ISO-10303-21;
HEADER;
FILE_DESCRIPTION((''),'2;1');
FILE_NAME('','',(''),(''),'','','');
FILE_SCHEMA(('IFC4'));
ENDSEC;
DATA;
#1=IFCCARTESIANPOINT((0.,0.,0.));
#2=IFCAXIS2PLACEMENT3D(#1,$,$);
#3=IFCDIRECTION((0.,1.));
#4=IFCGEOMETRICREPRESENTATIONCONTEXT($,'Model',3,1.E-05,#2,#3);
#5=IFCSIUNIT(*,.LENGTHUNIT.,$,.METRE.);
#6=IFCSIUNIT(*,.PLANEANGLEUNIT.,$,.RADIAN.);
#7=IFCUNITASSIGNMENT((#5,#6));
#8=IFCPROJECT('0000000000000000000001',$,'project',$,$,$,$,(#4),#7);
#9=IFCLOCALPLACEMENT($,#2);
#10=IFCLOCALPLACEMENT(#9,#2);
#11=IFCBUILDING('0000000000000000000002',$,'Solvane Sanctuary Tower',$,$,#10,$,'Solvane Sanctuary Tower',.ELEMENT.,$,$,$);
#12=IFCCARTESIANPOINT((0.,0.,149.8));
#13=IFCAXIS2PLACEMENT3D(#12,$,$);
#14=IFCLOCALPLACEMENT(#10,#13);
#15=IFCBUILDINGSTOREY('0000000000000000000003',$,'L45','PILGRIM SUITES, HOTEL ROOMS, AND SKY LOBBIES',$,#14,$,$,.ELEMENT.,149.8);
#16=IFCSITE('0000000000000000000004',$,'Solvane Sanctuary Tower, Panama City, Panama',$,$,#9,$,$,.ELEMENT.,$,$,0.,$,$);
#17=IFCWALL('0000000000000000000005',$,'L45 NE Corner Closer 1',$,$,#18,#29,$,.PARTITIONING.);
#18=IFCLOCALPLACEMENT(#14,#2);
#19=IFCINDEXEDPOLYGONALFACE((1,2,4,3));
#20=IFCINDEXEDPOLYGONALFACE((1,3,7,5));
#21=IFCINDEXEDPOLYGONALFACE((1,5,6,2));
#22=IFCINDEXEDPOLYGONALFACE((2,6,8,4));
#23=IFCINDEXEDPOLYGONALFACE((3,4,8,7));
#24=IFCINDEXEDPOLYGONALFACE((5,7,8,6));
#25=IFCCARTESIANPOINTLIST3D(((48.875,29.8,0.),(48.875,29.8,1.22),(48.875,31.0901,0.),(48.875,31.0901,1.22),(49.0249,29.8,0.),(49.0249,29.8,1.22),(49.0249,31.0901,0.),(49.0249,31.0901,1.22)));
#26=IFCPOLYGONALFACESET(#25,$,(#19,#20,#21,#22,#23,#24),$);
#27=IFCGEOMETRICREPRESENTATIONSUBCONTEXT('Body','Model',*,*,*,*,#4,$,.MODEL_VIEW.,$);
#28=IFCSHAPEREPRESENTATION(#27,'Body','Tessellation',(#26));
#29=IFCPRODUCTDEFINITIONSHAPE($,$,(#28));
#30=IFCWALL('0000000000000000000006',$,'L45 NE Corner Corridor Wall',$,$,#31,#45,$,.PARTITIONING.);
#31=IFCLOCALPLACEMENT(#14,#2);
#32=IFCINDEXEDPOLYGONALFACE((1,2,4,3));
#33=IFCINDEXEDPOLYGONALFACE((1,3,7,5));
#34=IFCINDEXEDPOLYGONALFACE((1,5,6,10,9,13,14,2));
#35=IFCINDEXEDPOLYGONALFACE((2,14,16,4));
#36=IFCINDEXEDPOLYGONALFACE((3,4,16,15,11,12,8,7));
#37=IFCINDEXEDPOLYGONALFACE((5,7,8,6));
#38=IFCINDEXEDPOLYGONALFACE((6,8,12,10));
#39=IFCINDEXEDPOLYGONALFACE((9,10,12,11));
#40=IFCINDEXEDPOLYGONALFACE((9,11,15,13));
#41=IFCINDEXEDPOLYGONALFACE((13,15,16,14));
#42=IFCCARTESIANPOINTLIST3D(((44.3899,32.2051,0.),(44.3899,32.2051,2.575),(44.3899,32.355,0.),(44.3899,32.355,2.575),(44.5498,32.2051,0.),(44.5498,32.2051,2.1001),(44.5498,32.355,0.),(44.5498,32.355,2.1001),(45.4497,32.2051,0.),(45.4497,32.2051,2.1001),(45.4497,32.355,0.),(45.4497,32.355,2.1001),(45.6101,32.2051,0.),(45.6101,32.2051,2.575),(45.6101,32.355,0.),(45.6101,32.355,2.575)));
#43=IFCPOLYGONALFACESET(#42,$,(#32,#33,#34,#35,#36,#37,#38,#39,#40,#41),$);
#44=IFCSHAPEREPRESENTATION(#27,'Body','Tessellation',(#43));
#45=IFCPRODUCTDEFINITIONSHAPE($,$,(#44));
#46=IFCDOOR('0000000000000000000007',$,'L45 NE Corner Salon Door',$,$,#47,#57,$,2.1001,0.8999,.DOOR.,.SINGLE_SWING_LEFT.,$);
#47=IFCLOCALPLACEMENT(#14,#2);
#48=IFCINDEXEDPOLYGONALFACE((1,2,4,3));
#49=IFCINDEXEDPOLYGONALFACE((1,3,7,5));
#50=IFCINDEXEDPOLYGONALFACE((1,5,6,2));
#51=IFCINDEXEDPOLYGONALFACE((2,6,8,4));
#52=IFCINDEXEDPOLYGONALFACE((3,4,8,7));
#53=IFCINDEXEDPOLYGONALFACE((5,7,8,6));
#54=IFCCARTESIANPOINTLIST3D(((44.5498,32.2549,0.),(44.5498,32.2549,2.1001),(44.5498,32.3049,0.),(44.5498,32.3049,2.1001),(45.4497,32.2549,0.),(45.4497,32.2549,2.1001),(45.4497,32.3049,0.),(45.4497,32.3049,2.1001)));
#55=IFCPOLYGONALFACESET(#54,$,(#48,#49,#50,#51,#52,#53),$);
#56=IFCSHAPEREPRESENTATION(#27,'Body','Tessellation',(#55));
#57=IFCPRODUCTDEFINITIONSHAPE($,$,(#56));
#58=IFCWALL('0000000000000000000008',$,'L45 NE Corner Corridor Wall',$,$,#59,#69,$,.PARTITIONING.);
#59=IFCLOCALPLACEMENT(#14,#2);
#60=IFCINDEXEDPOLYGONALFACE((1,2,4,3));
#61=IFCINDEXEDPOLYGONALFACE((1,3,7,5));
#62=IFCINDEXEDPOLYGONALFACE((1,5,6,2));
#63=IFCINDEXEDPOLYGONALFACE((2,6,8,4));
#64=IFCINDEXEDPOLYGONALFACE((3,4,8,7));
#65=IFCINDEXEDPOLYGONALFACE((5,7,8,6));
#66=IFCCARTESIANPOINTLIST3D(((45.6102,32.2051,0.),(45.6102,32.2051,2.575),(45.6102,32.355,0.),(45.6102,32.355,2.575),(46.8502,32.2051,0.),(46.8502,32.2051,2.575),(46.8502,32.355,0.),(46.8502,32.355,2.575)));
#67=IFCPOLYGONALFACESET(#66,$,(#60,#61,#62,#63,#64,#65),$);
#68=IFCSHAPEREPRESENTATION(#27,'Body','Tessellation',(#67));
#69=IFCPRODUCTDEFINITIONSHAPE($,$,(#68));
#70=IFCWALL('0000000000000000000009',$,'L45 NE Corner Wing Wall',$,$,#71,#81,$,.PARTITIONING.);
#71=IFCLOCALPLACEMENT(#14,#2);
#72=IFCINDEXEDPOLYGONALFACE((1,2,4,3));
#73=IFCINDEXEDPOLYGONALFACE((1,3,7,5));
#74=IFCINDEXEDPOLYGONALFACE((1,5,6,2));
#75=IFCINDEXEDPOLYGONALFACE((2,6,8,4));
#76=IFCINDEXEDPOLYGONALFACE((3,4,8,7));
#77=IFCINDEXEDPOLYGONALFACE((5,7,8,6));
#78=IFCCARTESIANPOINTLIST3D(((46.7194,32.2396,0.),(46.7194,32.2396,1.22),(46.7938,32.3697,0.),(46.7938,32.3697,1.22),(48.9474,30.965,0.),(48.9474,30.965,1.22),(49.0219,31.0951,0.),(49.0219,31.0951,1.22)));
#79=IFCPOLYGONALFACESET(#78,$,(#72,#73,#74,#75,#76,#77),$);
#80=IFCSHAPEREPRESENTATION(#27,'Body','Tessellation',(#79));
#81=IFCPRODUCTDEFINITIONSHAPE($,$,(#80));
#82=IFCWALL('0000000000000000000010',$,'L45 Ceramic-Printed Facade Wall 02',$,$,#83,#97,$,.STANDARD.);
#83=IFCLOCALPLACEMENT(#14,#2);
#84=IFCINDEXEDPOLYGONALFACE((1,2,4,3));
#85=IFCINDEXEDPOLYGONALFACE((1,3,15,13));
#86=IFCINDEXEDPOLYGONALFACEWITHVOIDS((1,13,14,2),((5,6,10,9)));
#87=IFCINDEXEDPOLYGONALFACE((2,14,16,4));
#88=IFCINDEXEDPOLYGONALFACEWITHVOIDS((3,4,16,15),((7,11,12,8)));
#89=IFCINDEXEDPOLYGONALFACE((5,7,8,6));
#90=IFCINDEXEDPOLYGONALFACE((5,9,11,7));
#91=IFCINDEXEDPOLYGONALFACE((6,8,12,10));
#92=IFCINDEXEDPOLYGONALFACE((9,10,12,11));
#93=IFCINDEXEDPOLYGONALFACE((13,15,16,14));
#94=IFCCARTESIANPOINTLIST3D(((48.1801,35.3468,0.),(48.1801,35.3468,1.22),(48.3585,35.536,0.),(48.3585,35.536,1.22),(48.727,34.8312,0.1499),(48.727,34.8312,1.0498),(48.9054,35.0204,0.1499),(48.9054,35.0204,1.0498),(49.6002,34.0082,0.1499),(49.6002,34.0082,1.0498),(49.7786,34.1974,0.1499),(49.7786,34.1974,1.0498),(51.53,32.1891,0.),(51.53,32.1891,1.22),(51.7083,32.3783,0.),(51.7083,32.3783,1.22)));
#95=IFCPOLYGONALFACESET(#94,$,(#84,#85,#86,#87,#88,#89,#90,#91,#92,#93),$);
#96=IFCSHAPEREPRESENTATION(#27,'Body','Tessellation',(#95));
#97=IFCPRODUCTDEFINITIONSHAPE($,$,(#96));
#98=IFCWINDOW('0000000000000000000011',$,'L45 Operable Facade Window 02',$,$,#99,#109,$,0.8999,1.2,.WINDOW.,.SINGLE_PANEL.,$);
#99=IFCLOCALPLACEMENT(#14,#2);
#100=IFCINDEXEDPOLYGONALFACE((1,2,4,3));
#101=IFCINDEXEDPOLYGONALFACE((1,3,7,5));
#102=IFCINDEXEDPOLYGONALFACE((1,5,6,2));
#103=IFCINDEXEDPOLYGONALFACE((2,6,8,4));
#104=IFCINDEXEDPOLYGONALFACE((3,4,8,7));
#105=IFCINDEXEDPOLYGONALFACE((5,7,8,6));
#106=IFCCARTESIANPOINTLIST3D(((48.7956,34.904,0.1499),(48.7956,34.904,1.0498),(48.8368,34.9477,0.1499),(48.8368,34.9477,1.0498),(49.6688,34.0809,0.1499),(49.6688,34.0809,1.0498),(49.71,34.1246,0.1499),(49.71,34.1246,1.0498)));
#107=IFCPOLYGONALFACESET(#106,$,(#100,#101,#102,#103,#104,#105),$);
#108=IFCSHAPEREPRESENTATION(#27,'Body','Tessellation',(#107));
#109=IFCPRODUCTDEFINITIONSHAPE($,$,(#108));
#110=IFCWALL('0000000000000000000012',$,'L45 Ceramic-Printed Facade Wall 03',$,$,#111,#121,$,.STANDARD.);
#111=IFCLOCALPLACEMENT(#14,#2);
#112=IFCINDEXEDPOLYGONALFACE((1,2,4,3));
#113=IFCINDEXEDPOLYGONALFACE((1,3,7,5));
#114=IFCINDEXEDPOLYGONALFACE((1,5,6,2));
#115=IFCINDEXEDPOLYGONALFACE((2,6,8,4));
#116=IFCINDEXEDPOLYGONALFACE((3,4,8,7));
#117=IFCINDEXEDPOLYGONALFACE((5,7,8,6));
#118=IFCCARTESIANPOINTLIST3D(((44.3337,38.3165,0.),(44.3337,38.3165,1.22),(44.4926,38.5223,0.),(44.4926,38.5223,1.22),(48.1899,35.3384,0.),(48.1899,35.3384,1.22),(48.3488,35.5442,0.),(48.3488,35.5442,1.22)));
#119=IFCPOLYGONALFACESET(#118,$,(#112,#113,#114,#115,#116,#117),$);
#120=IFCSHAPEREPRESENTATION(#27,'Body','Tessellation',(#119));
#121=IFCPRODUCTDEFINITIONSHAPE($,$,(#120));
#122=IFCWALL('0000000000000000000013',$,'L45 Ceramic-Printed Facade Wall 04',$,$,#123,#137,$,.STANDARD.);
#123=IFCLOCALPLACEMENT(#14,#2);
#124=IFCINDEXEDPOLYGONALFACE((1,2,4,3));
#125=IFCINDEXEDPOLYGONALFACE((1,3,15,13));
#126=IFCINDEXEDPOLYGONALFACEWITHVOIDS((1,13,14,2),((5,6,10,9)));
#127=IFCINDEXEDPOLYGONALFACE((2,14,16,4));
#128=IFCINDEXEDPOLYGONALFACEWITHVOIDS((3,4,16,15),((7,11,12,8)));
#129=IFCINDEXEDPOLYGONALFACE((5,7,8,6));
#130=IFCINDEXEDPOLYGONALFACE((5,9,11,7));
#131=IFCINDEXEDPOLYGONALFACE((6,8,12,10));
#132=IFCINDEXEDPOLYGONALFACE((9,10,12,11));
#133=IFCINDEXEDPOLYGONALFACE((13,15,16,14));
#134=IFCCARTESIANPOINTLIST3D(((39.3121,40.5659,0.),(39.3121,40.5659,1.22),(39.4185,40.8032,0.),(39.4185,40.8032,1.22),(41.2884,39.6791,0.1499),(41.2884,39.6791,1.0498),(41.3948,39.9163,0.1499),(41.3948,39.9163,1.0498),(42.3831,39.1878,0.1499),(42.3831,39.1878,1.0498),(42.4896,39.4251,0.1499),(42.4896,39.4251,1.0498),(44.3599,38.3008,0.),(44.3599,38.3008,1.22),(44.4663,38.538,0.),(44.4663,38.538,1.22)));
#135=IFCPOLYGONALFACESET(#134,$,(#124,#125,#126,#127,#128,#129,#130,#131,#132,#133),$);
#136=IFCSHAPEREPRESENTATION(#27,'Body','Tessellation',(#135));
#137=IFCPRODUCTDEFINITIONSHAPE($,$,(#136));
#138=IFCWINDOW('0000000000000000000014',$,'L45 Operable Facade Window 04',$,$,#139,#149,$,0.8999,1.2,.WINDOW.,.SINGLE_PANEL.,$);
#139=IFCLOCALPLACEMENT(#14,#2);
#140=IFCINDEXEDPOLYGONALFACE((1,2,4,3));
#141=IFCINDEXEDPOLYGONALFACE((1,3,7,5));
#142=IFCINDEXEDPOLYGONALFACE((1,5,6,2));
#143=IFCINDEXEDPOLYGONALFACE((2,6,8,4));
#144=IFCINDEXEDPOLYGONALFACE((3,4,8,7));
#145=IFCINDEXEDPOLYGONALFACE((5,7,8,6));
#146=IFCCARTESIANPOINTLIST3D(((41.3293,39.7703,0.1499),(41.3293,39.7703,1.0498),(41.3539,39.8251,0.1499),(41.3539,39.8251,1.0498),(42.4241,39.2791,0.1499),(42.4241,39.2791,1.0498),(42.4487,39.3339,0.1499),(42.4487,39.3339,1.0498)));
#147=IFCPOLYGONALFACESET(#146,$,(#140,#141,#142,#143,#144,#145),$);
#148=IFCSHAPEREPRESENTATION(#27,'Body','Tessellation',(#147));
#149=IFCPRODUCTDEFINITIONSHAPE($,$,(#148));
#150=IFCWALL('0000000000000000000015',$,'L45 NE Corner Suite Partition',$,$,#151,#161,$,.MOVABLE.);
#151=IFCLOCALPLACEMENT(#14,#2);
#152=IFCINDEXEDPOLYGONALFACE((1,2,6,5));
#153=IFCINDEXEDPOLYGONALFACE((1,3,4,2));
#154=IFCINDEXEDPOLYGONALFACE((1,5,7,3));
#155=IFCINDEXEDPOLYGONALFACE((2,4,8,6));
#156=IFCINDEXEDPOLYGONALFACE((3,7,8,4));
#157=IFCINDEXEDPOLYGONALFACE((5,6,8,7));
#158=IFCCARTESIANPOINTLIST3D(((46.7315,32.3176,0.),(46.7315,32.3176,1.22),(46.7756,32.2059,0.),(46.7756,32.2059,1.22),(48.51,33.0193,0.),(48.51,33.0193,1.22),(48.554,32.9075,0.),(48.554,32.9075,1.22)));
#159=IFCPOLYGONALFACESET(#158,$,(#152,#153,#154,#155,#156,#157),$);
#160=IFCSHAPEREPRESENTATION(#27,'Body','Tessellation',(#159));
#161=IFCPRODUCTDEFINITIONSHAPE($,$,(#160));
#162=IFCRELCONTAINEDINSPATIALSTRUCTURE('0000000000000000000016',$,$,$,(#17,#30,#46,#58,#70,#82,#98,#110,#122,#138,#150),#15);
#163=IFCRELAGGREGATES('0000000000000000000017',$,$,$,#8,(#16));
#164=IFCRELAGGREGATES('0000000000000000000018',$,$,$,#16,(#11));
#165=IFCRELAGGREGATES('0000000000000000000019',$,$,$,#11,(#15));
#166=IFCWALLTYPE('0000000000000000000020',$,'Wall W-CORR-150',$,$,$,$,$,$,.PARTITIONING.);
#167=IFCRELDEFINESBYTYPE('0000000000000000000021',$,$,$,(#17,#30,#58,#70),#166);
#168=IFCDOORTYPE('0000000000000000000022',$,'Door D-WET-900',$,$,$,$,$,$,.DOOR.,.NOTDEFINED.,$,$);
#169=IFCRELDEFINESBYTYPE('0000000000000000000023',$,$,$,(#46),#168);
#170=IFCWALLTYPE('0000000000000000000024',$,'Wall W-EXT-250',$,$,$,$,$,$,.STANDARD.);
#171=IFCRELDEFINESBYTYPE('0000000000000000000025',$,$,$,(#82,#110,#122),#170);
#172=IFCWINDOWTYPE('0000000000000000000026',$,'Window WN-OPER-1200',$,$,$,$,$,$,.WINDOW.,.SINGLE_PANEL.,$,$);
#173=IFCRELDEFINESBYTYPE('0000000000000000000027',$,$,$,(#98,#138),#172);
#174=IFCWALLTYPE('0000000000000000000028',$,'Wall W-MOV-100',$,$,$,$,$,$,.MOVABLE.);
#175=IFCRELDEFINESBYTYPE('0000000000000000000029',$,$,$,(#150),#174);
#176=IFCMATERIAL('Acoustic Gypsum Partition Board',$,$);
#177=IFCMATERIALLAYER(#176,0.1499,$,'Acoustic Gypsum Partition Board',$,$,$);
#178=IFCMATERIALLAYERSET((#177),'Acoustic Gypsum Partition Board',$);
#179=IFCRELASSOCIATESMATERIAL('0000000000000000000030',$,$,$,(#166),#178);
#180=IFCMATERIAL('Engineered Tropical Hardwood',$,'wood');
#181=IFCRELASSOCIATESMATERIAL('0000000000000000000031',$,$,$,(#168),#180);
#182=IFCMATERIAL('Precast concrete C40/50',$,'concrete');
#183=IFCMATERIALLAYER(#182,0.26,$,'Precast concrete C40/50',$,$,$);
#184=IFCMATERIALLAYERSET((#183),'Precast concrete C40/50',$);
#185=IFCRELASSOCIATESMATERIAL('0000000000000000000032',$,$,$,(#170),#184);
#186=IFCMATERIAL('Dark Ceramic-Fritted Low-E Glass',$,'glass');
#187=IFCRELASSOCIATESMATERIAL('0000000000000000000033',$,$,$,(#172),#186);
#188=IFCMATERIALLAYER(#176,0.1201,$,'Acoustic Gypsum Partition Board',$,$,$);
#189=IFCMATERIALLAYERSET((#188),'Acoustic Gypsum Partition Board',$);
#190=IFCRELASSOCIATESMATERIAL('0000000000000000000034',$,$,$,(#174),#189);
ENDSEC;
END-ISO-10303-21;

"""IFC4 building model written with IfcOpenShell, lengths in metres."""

from ifc_helpers import new_model, si_unit, direction, frame, frame_2d, origin, place, context, subcontext, project, spatial, rectangle, extrude, material, layer, layer_set, type_object, element, fill, save


model = new_model("IFC4")

# Units and contexts
model_context = context("Model", 3, precision=1e-05, world=origin(), true_north=direction((0.0, 1.0)))
body_context = subcontext(model_context, "Body", "Model", "MODEL_VIEW")
ifc_project = project(units=[si_unit("LENGTHUNIT", "METRE"), si_unit("PLANEANGLEUNIT", "RADIAN")], contexts=[model_context])

# Site, building, storey
site_placement = place(None, origin())
site = spatial("IfcSite", under=ifc_project, at=site_placement, Name="Solvane Sanctuary Tower, Panama City, Panama", CompositionType="ELEMENT", RefElevation=0.0)
building_placement = place(site_placement, origin())
building = spatial("IfcBuilding", under=site, at=building_placement, Name="Solvane Sanctuary Tower", LongName="Solvane Sanctuary Tower", CompositionType="ELEMENT")
storey_placement = place(building_placement, frame((0.0, 0.0, 149.8)))
storey = spatial("IfcBuildingStorey", under=building, at=storey_placement, Name="L45", Description="PILGRIM SUITES, HOTEL ROOMS, AND SKY LOBBIES", CompositionType="ELEMENT", Elevation=149.8)

# Shared definitions
ifc_material_1 = material(Name="Dark Ceramic-Fritted Low-E Glass", Category="glass")

# Wall
ifc_material_2 = material(Name="Acoustic Gypsum Partition Board")
ifc_layer_1 = layer(ifc_material_2, 0.1499, Name="Acoustic Gypsum Partition Board")
ifc_layer_set_1 = layer_set([ifc_layer_1], Name="Acoustic Gypsum Partition Board")
wall_type_1 = type_object("IfcWallType", Name="Wall W-CORR-150", PredefinedType="PARTITIONING", material=ifc_layer_set_1)
wall_1_placement = place(storey_placement, frame((48.95, 29.8, 0.0), z_axis=(0.0, 0.0, 1.0), x_axis=(0.0, 1.0, 0.0)))
element("IfcWall", 1, at=wall_1_placement, inside=storey, type_object=wall_type_1, Name="L45 NE Corner Closer 1", PredefinedType="PARTITIONING", context=body_context, shape_type="SweptSolid", body=[
    extrude(rectangle(XDim=1.29, YDim=0.1499, at=frame_2d((0.645, 0.0))), origin(), (0.0, 0.0, 1.0), 1.22),
])

# Wall, opening, door
wall_2_placement = place(storey_placement, frame((44.3899, 32.28, 0.0), z_axis=(0.0, 0.0, 1.0), x_axis=(1.0, 0.0, 0.0)))
wall_2 = element("IfcWall", 2, at=wall_2_placement, inside=storey, type_object=wall_type_1, Name="L45 NE Corner Corridor Wall", PredefinedType="PARTITIONING", context=body_context, shape_type="SweptSolid", body=[
    extrude(rectangle(XDim=1.2202, YDim=0.1499, at=frame_2d((0.6101, 0.0))), origin(), (0.0, 0.0, 1.0), 2.575),
])
opening_1_placement = place(wall_2_placement, frame((0.1599, 0.0, 0.0)))
opening_1 = element("IfcOpeningElement", 3, at=opening_1_placement, cuts=wall_2, PredefinedType="OPENING", context=body_context, shape_type="SweptSolid", body=[
    extrude(rectangle(XDim=0.8999, YDim=2.1001, at=frame_2d((0.45, 1.05))), frame((0.0, 0.085, 0.0), z_axis=(0.0, -1.0, 0.0), x_axis=(1.0, 0.0, 0.0)), (0.0, 0.0, 1.0), 0.1699),
])
ifc_material_3 = material(Name="Engineered Tropical Hardwood", Category="wood")
door_type_1 = type_object("IfcDoorType", Name="Door D-WET-900", OperationType="NOTDEFINED", PredefinedType="DOOR", material=ifc_material_3)
door_1_placement = place(opening_1_placement, origin())
door_1 = element("IfcDoor", 4, at=door_1_placement, inside=storey, type_object=door_type_1, Name="L45 NE Corner Salon Door", OperationType="SINGLE_SWING_LEFT", OverallHeight=2.1001, OverallWidth=0.8999, PredefinedType="DOOR", context=body_context, shape_type="SweptSolid", body=[
    extrude(rectangle(XDim=0.8999, YDim=2.1001, at=frame_2d((0.45, 1.05))), frame((0.0, 0.0249, 0.0), z_axis=(0.0, -1.0, 0.0), x_axis=(1.0, 0.0, 0.0)), (0.0, 0.0, 1.0), 0.05),
])
fill(opening_1, door_1)

# Walls
wall_3_placement = place(storey_placement, frame((45.6101, 32.28, 0.0), z_axis=(0.0, 0.0, 1.0), x_axis=(1.0, 0.0, 0.0)))
element("IfcWall", 5, at=wall_3_placement, inside=storey, type_object=wall_type_1, Name="L45 NE Corner Corridor Wall", PredefinedType="PARTITIONING", context=body_context, shape_type="SweptSolid", body=[
    extrude(rectangle(XDim=1.24, YDim=0.1499, at=frame_2d((0.6201, 0.0))), origin(), (0.0, 0.0, 1.0), 2.575),
])
wall_4_placement = place(storey_placement, frame((46.7566, 32.3047, 0.0), z_axis=(0.0, 0.0, 1.0), x_axis=(0.867991, -0.496579, 0.0)))
element("IfcWall", 6, at=wall_4_placement, inside=storey, type_object=wall_type_1, Name="L45 NE Corner Wing Wall", PredefinedType="PARTITIONING", context=body_context, shape_type="SweptSolid", body=[
    extrude(rectangle(XDim=2.5669, YDim=0.1499, at=frame_2d((1.2834, 0.0))), origin(), (0.0, 0.0, 1.0), 1.22),
])

# Wall, opening, window
ifc_material_4 = material(Name="Precast concrete C40/50", Category="concrete")
ifc_layer_2 = layer(ifc_material_4, 0.26, Name="Precast concrete C40/50")
ifc_layer_set_2 = layer_set([ifc_layer_2], Name="Precast concrete C40/50")
wall_type_2 = type_object("IfcWallType", Name="Wall W-EXT-250", PredefinedType="STANDARD", material=ifc_layer_set_2)
wall_5_placement = place(storey_placement, frame((51.6191, 32.2837, 0.0), z_axis=(0.0, 0.0, 1.0), x_axis=(-0.727667, 0.68593, 0.0)))
wall_5 = element("IfcWall", 7, at=wall_5_placement, inside=storey, type_object=wall_type_2, Name="L45 Ceramic-Printed Facade Wall 02", PredefinedType="STANDARD", context=body_context, shape_type="SweptSolid", body=[
    extrude(rectangle(XDim=4.6035, YDim=0.26, at=frame_2d((2.3018, 0.0))), origin(), (0.0, 0.0, 1.0), 1.22),
])
opening_2_placement = place(wall_5_placement, frame((2.6519, 0.0, 0.1499)))
opening_2 = element("IfcOpeningElement", 8, at=opening_2_placement, cuts=wall_5, PredefinedType="OPENING", context=body_context, shape_type="SweptSolid", body=[
    extrude(rectangle(XDim=1.2, YDim=0.8999, at=frame_2d((0.6001, 0.45))), frame((0.0, 0.1399, 0.0), z_axis=(0.0, -1.0, 0.0), x_axis=(1.0, 0.0, 0.0)), (0.0, 0.0, 1.0), 0.28),
])
window_type = type_object("IfcWindowType", Name="Window WN-OPER-1200", PartitioningType="SINGLE_PANEL", PredefinedType="WINDOW", material=ifc_material_1)
window_1_placement = place(opening_2_placement, origin())
window_1 = element("IfcWindow", 9, at=window_1_placement, inside=storey, type_object=window_type, Name="L45 Operable Facade Window 02", OverallHeight=0.8999, OverallWidth=1.2, PartitioningType="SINGLE_PANEL", PredefinedType="WINDOW", context=body_context, shape_type="SweptSolid", body=[
    extrude(rectangle(XDim=1.2, YDim=0.8999, at=frame_2d((0.6001, 0.45))), frame((0.0, 0.03, 0.0), z_axis=(0.0, -1.0, 0.0), x_axis=(1.0, 0.0, 0.0)), (0.0, 0.0, 1.0), 0.0601),
])
fill(opening_2, window_1)

# Wall
wall_6_placement = place(storey_placement, frame((48.2693, 35.4414, 0.0), z_axis=(0.0, 0.0, 1.0), x_axis=(-0.79146, 0.611221, 0.0)))
element("IfcWall", 10, at=wall_6_placement, inside=storey, type_object=wall_type_2, Name="L45 Ceramic-Printed Facade Wall 03", PredefinedType="STANDARD", context=body_context, shape_type="SweptSolid", body=[
    extrude(rectangle(XDim=4.8723, YDim=0.26, at=frame_2d((2.436, 0.0))), origin(), (0.0, 0.0, 1.0), 1.22),
])

# Wall, opening, window
wall_7_placement = place(storey_placement, frame((44.4131, 38.4194, 0.0), z_axis=(0.0, 0.0, 1.0), x_axis=(-0.912354, 0.409403, 0.0)))
wall_7 = element("IfcWall", 11, at=wall_7_placement, inside=storey, type_object=wall_type_2, Name="L45 Ceramic-Printed Facade Wall 04", PredefinedType="STANDARD", context=body_context, shape_type="SweptSolid", body=[
    extrude(rectangle(XDim=5.5327, YDim=0.26, at=frame_2d((2.7664, 0.0))), origin(), (0.0, 0.0, 1.0), 1.22),
])
opening_3_placement = place(wall_7_placement, frame((2.1665, 0.0, 0.1499)))
opening_3 = element("IfcOpeningElement", 12, at=opening_3_placement, cuts=wall_7, PredefinedType="OPENING", context=body_context, shape_type="SweptSolid", body=[
    extrude(rectangle(XDim=1.2, YDim=0.8999, at=frame_2d((0.6001, 0.45))), frame((0.0, 0.1399, 0.0), z_axis=(0.0, -1.0, 0.0), x_axis=(1.0, 0.0, 0.0)), (0.0, 0.0, 1.0), 0.28),
])
window_2_placement = place(opening_3_placement, origin())
window_2 = element("IfcWindow", 13, at=window_2_placement, inside=storey, type_object=window_type, Name="L45 Operable Facade Window 04", OverallHeight=0.8999, OverallWidth=1.2, PartitioningType="SINGLE_PANEL", PredefinedType="WINDOW", context=body_context, shape_type="SweptSolid", body=[
    extrude(rectangle(XDim=1.2, YDim=0.8999, at=frame_2d((0.6001, 0.45))), frame((0.0, 0.03, 0.0), z_axis=(0.0, -1.0, 0.0), x_axis=(1.0, 0.0, 0.0)), (0.0, 0.0, 1.0), 0.0601),
])
fill(opening_3, window_2)

# Wall
ifc_layer_3 = layer(ifc_material_2, 0.1201, Name="Acoustic Gypsum Partition Board")
ifc_layer_set_3 = layer_set([ifc_layer_3], Name="Acoustic Gypsum Partition Board")
wall_type_3 = type_object("IfcWallType", Name="Wall W-MOV-100", PredefinedType="MOVABLE", material=ifc_layer_set_3)
wall_8_placement = place(storey_placement, frame((46.7534, 32.2617, 0.0), z_axis=(0.0, 0.0, 1.0), x_axis=(0.930228, 0.366983, 0.0)))
element("IfcWall", 14, at=wall_8_placement, inside=storey, type_object=wall_type_3, Name="L45 NE Corner Suite Partition", PredefinedType="MOVABLE", context=body_context, shape_type="SweptSolid", body=[
    extrude(rectangle(XDim=1.9119, YDim=0.1201, at=frame_2d((0.9561, 0.0))), origin(), (0.0, 0.0, 1.0), 1.22),
])

save(model, "model.ifc")
